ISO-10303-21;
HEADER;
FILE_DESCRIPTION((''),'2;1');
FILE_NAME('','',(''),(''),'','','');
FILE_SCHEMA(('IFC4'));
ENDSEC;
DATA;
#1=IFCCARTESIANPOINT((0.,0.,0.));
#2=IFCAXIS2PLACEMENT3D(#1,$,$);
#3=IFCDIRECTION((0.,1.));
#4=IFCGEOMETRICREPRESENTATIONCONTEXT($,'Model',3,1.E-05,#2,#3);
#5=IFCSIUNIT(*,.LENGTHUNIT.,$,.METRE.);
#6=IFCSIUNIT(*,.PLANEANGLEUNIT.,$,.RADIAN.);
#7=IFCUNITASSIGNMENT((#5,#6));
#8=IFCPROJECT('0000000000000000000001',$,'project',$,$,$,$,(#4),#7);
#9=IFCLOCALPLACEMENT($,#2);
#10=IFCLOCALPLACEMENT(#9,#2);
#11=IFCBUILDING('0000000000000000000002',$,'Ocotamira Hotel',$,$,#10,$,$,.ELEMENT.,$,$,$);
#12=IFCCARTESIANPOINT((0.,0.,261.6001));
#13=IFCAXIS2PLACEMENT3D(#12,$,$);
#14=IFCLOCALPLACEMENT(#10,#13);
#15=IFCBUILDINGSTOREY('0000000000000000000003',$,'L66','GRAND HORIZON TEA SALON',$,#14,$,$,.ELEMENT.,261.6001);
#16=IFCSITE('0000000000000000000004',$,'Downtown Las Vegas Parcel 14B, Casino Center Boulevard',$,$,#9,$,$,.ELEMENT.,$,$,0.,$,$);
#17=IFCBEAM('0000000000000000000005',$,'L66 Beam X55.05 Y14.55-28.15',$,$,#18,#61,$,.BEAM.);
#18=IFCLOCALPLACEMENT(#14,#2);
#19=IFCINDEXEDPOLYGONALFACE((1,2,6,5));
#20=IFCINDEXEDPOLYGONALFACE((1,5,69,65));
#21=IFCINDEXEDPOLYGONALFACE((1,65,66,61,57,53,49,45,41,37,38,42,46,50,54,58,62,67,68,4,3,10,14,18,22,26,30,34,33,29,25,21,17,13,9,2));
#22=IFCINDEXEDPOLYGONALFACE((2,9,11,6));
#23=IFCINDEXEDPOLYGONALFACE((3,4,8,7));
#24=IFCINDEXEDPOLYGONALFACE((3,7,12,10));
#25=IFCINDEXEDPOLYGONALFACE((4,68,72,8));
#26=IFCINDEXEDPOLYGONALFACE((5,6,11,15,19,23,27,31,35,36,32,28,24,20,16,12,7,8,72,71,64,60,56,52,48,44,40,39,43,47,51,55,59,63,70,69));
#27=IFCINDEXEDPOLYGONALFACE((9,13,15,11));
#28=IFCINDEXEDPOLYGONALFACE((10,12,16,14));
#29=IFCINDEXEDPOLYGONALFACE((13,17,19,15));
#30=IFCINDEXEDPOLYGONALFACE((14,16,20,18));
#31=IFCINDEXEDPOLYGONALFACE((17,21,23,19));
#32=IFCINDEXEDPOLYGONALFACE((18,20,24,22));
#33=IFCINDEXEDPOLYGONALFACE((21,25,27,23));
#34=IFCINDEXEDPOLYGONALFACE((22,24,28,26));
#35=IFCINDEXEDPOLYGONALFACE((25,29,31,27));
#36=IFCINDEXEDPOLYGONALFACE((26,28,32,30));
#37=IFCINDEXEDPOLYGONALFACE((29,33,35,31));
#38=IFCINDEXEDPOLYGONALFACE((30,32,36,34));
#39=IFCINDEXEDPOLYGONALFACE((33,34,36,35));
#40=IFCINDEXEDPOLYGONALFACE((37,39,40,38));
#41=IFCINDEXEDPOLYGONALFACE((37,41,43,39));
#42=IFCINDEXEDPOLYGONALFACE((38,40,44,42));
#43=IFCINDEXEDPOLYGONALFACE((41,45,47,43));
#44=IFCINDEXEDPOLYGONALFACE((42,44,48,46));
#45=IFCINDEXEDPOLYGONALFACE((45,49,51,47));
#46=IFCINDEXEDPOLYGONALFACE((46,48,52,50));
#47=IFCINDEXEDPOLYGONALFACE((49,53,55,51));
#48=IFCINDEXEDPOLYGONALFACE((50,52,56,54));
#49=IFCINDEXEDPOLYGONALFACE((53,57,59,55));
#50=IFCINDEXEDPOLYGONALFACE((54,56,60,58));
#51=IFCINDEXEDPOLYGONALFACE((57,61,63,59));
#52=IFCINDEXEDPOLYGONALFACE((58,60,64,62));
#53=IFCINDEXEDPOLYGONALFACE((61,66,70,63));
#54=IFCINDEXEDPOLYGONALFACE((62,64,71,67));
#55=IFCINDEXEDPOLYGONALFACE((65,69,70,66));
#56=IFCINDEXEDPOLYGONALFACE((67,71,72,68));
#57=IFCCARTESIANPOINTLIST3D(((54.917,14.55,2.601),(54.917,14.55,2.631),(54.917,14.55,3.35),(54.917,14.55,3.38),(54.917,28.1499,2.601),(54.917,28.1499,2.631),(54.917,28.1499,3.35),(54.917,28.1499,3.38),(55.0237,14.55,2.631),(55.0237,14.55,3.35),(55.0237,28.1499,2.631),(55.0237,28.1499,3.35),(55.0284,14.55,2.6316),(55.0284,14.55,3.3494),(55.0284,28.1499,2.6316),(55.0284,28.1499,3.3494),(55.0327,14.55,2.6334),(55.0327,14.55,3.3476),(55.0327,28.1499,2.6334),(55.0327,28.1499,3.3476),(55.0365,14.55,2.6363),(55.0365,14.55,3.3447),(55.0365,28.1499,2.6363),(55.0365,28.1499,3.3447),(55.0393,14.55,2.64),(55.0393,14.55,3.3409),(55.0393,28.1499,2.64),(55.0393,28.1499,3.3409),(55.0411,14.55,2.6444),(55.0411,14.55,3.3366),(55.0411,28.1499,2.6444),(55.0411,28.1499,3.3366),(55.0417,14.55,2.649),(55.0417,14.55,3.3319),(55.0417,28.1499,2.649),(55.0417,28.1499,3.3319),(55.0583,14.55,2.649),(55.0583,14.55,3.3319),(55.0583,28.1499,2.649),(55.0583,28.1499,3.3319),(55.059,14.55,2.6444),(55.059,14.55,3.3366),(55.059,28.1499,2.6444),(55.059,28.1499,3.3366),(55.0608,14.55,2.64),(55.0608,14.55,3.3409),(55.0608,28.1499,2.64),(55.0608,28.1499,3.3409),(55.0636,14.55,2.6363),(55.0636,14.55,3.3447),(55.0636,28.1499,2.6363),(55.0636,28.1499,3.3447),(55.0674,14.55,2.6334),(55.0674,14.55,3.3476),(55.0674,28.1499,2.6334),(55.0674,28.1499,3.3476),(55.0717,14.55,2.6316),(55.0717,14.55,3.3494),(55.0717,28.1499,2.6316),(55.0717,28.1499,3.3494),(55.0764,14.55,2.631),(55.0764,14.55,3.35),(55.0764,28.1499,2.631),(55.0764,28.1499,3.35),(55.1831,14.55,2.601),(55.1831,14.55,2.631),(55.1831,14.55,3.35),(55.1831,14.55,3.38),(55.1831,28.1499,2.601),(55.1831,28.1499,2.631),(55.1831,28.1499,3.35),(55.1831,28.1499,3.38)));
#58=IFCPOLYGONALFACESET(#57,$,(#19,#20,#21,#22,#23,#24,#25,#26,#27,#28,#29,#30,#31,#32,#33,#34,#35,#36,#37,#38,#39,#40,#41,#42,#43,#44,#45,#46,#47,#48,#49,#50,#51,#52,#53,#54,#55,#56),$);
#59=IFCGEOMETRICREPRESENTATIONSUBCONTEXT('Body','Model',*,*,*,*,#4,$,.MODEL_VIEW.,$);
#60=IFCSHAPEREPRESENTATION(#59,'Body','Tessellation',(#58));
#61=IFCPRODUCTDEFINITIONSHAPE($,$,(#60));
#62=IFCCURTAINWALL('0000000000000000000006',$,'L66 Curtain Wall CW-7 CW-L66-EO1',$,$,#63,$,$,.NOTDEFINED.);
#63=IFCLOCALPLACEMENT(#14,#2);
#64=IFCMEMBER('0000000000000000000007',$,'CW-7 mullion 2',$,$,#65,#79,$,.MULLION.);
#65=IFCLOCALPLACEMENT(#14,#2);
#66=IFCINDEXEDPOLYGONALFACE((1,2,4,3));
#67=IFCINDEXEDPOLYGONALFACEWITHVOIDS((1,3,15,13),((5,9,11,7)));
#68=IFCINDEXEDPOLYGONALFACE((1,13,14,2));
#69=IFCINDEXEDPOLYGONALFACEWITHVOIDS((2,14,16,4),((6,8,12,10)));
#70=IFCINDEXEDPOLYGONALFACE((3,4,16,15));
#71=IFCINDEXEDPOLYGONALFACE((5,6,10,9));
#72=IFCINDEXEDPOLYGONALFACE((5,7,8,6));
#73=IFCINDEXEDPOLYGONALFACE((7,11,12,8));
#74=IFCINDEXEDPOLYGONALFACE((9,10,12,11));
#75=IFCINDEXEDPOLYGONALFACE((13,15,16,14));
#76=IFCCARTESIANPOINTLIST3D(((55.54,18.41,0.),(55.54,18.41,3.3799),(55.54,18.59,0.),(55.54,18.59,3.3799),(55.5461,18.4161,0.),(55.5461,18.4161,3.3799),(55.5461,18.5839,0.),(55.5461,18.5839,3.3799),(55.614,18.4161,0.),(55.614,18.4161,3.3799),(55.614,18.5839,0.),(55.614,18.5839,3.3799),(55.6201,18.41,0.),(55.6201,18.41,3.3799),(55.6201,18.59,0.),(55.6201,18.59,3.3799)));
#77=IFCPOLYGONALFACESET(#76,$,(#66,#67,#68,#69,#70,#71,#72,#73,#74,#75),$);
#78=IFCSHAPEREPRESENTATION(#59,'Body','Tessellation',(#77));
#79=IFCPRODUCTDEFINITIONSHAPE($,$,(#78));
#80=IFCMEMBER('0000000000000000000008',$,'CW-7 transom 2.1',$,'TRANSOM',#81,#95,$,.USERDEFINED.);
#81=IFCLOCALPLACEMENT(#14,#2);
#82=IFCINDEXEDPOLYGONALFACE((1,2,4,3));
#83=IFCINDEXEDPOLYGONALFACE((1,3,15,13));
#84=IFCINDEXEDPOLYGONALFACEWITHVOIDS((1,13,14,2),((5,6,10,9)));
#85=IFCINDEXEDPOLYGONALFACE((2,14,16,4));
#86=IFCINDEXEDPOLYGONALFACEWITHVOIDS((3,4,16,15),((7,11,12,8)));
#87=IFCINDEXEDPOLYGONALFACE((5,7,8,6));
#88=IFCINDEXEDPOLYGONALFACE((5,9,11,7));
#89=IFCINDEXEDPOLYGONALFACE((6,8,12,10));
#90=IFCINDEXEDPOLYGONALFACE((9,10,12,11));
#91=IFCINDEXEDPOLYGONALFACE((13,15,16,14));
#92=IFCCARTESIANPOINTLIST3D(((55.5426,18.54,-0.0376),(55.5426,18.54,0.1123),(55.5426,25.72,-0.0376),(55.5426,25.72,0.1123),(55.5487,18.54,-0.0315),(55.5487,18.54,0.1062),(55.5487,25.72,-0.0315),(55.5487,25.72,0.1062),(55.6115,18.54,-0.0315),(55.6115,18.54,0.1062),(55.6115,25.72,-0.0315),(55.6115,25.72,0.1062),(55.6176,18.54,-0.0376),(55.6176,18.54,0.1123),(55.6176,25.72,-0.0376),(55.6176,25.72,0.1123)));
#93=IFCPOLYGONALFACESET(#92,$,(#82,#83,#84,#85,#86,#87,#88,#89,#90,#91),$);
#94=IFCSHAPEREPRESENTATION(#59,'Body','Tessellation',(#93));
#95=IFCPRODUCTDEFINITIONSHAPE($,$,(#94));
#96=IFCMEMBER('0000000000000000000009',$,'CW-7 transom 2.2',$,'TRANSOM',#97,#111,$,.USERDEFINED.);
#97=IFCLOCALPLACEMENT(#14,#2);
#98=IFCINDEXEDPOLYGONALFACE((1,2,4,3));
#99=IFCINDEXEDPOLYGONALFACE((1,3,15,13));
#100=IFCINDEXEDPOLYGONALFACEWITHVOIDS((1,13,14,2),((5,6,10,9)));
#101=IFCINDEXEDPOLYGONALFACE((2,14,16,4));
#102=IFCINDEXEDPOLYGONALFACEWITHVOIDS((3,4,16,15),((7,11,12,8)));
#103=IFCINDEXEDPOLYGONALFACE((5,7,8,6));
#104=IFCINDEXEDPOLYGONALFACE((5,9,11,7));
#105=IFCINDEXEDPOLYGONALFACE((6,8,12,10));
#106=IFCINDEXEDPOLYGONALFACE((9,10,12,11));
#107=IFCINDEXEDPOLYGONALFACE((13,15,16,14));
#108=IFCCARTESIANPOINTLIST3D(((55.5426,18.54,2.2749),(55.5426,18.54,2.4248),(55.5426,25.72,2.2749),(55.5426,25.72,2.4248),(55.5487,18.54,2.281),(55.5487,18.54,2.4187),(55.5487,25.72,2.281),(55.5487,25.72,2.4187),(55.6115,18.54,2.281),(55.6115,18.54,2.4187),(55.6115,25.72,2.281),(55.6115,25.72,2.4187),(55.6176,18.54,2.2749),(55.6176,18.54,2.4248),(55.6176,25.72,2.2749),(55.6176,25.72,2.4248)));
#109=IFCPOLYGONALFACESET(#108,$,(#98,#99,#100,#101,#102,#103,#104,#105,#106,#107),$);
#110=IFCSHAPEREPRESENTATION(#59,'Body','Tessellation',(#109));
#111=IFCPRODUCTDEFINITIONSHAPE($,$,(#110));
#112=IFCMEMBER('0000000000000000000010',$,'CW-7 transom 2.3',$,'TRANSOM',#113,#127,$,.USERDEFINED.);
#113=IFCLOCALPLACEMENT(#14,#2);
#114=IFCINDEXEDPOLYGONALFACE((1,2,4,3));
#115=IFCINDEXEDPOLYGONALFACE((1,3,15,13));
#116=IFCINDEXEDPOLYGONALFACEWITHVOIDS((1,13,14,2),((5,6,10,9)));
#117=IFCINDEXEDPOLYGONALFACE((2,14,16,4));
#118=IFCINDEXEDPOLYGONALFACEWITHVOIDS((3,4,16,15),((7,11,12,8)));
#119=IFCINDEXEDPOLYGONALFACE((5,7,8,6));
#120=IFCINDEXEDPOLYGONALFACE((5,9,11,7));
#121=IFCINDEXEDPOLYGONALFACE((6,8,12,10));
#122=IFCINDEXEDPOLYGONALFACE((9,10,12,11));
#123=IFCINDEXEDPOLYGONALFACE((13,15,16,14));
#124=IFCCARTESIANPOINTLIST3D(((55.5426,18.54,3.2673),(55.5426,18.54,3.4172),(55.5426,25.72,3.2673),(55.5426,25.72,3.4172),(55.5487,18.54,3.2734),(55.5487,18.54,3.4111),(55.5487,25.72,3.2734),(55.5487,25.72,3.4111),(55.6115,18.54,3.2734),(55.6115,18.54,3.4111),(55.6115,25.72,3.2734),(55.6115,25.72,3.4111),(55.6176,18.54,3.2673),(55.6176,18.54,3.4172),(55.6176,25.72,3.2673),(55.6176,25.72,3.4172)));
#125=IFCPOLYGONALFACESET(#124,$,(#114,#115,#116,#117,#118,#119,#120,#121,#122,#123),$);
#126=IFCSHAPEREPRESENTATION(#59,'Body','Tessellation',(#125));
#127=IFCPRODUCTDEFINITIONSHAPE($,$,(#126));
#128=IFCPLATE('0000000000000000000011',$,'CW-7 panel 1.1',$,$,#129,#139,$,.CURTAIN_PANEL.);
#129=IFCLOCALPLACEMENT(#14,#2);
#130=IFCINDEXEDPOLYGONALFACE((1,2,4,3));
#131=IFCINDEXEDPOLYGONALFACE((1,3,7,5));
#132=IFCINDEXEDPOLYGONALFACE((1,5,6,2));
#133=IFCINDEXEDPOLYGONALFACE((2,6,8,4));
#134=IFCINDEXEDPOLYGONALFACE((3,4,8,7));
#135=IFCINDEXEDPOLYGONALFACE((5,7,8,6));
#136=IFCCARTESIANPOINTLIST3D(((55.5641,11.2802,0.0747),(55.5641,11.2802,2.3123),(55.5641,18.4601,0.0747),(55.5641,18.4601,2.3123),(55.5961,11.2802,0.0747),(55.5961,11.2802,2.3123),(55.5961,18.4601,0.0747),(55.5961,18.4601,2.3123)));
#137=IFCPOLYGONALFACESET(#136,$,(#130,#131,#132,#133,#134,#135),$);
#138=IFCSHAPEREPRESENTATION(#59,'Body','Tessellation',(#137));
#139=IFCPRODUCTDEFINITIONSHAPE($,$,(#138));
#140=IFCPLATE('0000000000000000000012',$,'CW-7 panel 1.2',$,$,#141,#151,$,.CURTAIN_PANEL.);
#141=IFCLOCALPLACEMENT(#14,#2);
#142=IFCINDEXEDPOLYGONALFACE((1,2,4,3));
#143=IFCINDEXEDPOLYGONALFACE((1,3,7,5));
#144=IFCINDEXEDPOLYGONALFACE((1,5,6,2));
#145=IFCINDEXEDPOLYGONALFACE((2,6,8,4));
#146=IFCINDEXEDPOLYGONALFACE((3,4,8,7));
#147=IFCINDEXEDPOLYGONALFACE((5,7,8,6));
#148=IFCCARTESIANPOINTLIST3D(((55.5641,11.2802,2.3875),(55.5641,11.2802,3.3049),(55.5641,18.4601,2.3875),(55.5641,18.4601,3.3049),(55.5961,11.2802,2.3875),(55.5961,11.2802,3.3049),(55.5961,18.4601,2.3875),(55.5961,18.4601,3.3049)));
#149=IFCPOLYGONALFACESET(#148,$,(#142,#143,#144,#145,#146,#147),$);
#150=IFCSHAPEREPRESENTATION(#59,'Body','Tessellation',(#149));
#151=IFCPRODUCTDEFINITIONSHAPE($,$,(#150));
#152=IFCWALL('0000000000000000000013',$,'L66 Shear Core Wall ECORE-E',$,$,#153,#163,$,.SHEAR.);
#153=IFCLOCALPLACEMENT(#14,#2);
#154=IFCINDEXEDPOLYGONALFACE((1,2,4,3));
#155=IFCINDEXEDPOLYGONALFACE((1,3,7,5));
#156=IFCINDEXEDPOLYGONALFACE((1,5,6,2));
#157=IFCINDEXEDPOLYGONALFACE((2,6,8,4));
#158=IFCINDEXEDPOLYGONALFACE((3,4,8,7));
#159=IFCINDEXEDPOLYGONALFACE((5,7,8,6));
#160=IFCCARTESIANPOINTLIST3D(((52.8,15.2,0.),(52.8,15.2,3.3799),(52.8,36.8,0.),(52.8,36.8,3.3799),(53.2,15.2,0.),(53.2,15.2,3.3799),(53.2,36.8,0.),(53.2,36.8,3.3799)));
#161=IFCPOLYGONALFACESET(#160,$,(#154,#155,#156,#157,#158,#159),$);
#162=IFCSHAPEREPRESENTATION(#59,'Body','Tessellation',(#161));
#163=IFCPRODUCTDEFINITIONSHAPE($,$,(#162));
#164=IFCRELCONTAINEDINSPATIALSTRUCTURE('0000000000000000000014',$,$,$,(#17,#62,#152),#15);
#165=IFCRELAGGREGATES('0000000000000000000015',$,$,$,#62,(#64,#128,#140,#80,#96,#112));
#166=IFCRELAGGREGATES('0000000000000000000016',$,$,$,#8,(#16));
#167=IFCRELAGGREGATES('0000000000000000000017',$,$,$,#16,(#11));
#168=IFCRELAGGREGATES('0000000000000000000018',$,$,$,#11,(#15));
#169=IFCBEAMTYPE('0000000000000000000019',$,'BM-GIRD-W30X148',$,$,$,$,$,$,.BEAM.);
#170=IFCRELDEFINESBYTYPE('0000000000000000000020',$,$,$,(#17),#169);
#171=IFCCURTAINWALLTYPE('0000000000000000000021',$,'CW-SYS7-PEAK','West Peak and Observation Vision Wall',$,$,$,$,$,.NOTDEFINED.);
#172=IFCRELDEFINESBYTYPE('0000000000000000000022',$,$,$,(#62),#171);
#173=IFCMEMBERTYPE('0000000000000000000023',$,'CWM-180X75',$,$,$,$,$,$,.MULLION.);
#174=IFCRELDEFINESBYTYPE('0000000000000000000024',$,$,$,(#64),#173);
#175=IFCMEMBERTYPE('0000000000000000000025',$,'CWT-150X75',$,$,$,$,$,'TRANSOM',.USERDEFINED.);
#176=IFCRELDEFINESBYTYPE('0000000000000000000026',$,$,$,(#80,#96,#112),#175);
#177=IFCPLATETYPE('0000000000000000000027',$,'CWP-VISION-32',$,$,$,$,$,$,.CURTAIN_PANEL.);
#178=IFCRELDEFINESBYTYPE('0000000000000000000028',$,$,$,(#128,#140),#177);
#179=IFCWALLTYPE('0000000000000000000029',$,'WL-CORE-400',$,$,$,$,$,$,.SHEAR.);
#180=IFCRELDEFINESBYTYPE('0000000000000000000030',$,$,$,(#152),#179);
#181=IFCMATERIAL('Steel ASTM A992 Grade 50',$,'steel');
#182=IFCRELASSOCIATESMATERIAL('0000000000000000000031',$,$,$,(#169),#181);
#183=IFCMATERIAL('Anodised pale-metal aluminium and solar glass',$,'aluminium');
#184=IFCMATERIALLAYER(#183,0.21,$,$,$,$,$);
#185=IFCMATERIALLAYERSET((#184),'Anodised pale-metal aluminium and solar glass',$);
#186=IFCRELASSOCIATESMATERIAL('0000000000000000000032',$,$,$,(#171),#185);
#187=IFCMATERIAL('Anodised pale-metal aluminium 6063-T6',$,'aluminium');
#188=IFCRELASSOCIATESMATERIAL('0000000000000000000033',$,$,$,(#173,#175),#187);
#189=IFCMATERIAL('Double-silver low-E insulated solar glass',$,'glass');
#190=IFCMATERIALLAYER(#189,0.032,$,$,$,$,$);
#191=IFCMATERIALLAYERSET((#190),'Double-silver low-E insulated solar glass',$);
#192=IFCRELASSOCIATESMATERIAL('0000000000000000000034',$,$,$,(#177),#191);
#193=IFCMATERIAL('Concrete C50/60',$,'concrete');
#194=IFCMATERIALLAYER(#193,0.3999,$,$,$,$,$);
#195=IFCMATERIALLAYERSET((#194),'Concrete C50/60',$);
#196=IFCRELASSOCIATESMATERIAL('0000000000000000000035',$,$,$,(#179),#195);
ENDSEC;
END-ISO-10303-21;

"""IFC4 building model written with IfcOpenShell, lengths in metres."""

from ifc_helpers import new_model, si_unit, direction, frame, frame_2d, origin, origin_2d, place, context, subcontext, project, spatial, rectangle, hollow_rectangle, i_section, extrude, source, transform, mapped, material, layer, layer_set, material_profile, profile_set, type_object, element, aggregate, save


model = new_model("IFC4")

# Units and contexts
model_context = context("Model", 3, precision=1e-05, world=origin(), true_north=direction((0.0, 1.0)))
body_context = subcontext(model_context, "Body", "Model", "MODEL_VIEW")
ifc_project = project(units=[si_unit("LENGTHUNIT", "METRE"), si_unit("PLANEANGLEUNIT", "RADIAN")], contexts=[model_context])

# Site, building, storey
site_placement = place(None, origin())
site = spatial("IfcSite", under=ifc_project, at=site_placement, Name="Downtown Las Vegas Parcel 14B, Casino Center Boulevard", CompositionType="ELEMENT", RefElevation=0.0)
building_placement = place(site_placement, origin())
building = spatial("IfcBuilding", under=site, at=building_placement, Name="Ocotamira Hotel", CompositionType="ELEMENT")
storey_placement = place(building_placement, frame((0.0, 0.0, 261.6001)))
storey = spatial("IfcBuildingStorey", under=building, at=storey_placement, Name="L66", Description="GRAND HORIZON TEA SALON", CompositionType="ELEMENT", Elevation=261.6001)

# Beam
ifc_material_1 = material(Name="Steel ASTM A992 Grade 50", Category="steel")
ifc_material_profile_1 = material_profile(ifc_material_1, i_section(OverallWidth=0.2661, OverallDepth=0.7791, WebThickness=0.0166, FlangeThickness=0.03, FilletRadius=0.0181, at=origin_2d()), Name="W30X148")
ifc_profile_set_1 = profile_set([ifc_material_profile_1], Name="Steel ASTM A992 Grade 50")
beam_type = type_object("IfcBeamType", Name="BM-GIRD-W30X148", PredefinedType="BEAM", material=ifc_profile_set_1)
shared_shape_1 = source(origin(), body_context, "Body", "SweptSolid", [
    extrude(i_section(OverallWidth=0.2661, OverallDepth=0.7791, WebThickness=0.0166, FlangeThickness=0.03, FilletRadius=0.0181, at=origin_2d()), origin(), (0.0, 0.0, 1.0), 13.5999),
])
beam_placement = place(storey_placement, frame((55.05, 14.55, 2.9905), z_axis=(0.0, 1.0, 0.0), x_axis=(-1.0, 0.0, 0.0)))
element("IfcBeam", 1, at=beam_placement, inside=storey, type_object=beam_type, Name="L66 Beam X55.05 Y14.55-28.15", PredefinedType="BEAM", context=body_context, shape_type="MappedRepresentation", body=[
    mapped(shared_shape_1, transform((0.0, 0.0, 0.0), scale=1.0)),
])

# Curtain wall, members, plates
ifc_material_2 = material(Name="Anodised pale-metal aluminium and solar glass", Category="aluminium")
ifc_layer_1 = layer(ifc_material_2, 0.21)
ifc_layer_set_1 = layer_set([ifc_layer_1], Name="Anodised pale-metal aluminium and solar glass")
curtain_wall_type = type_object("IfcCurtainWallType", Name="CW-SYS7-PEAK", Description="West Peak and Observation Vision Wall", PredefinedType="NOTDEFINED", material=ifc_layer_set_1)
curtain_wall_placement = place(storey_placement, origin())
curtain_wall = element("IfcCurtainWall", 2, at=curtain_wall_placement, inside=storey, type_object=curtain_wall_type, Name="L66 Curtain Wall CW-7 CW-L66-EO1", PredefinedType="NOTDEFINED")
ifc_material_3 = material(Name="Anodised pale-metal aluminium 6063-T6", Category="aluminium")
ifc_material_profile_2 = material_profile(ifc_material_3, hollow_rectangle(XDim=0.0801, YDim=0.1799, WallThickness=0.0061, at=origin_2d()), Name="HSS180X80X6")
ifc_profile_set_2 = profile_set([ifc_material_profile_2], Name="Anodised pale-metal aluminium 6063-T6")
member_type_1 = type_object("IfcMemberType", Name="CWM-180X75", PredefinedType="MULLION", material=ifc_profile_set_2)
shared_shape_2 = source(origin(), body_context, "Body", "SweptSolid", [
    extrude(hollow_rectangle(XDim=0.0801, YDim=0.1799, WallThickness=0.0061, at=origin_2d()), origin(), (0.0, 0.0, 1.0), 3.3799),
])
member_1_placement = place(storey_placement, frame((55.5801, 18.5, 0.0), z_axis=(0.0, 0.0, 1.0), x_axis=(-1.0, 0.0, 0.0)))
member_1 = element("IfcMember", 3, at=member_1_placement, type_object=member_type_1, Name="CW-7 mullion 2", PredefinedType="MULLION", context=body_context, shape_type="MappedRepresentation", body=[
    mapped(shared_shape_2, transform((0.0, 0.0, 0.0), scale=1.0)),
])
ifc_material_profile_3 = material_profile(ifc_material_3, hollow_rectangle(XDim=0.075, YDim=0.1499, WallThickness=0.0061, at=origin_2d()), Name="HSS150X75X6")
ifc_profile_set_3 = profile_set([ifc_material_profile_3], Name="Anodised pale-metal aluminium 6063-T6")
member_type_2 = type_object("IfcMemberType", Name="CWT-150X75", ElementType="TRANSOM", PredefinedType="USERDEFINED", material=ifc_profile_set_3)
shared_shape_3 = source(origin(), body_context, "Body", "SweptSolid", [
    extrude(hollow_rectangle(XDim=0.075, YDim=0.1499, WallThickness=0.0061, at=origin_2d()), origin(), (0.0, 0.0, 1.0), 7.1799),
])
member_2_placement = place(storey_placement, frame((55.5801, 18.54, 0.0374), z_axis=(0.0, 1.0, 0.0), x_axis=(-1.0, 0.0, 0.0)))
member_2 = element("IfcMember", 4, at=member_2_placement, type_object=member_type_2, Name="CW-7 transom 2.1", ObjectType="TRANSOM", PredefinedType="USERDEFINED", context=body_context, shape_type="MappedRepresentation", body=[
    mapped(shared_shape_3, transform((0.0, 0.0, 0.0), scale=1.0)),
])
member_3_placement = place(storey_placement, frame((55.5801, 18.54, 2.3499), z_axis=(0.0, 1.0, 0.0), x_axis=(-1.0, 0.0, 0.0)))
member_3 = element("IfcMember", 5, at=member_3_placement, type_object=member_type_2, Name="CW-7 transom 2.2", ObjectType="TRANSOM", PredefinedType="USERDEFINED", context=body_context, shape_type="MappedRepresentation", body=[
    mapped(shared_shape_3, transform((0.0, 0.0, 0.0), scale=1.0)),
])
member_4_placement = place(storey_placement, frame((55.5801, 18.54, 3.3423), z_axis=(0.0, 1.0, 0.0), x_axis=(-1.0, 0.0, 0.0)))
member_4 = element("IfcMember", 6, at=member_4_placement, type_object=member_type_2, Name="CW-7 transom 2.3", ObjectType="TRANSOM", PredefinedType="USERDEFINED", context=body_context, shape_type="MappedRepresentation", body=[
    mapped(shared_shape_3, transform((0.0, 0.0, 0.0), scale=1.0)),
])
ifc_material_4 = material(Name="Double-silver low-E insulated solar glass", Category="glass")
ifc_layer_2 = layer(ifc_material_4, 0.032)
ifc_layer_set_2 = layer_set([ifc_layer_2], Name="Double-silver low-E insulated solar glass")
plate_type = type_object("IfcPlateType", Name="CWP-VISION-32", PredefinedType="CURTAIN_PANEL", material=ifc_layer_set_2)
shared_shape_4 = source(origin(), body_context, "Body", "SweptSolid", [
    extrude(rectangle(XDim=7.1799, YDim=0.032, at=origin_2d()), origin(), (0.0, 0.0, 1.0), 2.2375),
])
plate_1_placement = place(storey_placement, frame((55.5801, 14.8701, 0.0747), z_axis=(0.0, 0.0, 1.0), x_axis=(0.0, 1.0, 0.0)))
plate_1 = element("IfcPlate", 7, at=plate_1_placement, type_object=plate_type, Name="CW-7 panel 1.1", PredefinedType="CURTAIN_PANEL", context=body_context, shape_type="MappedRepresentation", body=[
    mapped(shared_shape_4, transform((0.0, 0.0, 0.0), scale=1.0)),
])
shared_shape_5 = source(origin(), body_context, "Body", "SweptSolid", [
    extrude(rectangle(XDim=7.1799, YDim=0.032, at=origin_2d()), origin(), (0.0, 0.0, 1.0), 0.9175),
])
plate_2_placement = place(storey_placement, frame((55.5801, 14.8701, 2.3875), z_axis=(0.0, 0.0, 1.0), x_axis=(0.0, 1.0, 0.0)))
plate_2 = element("IfcPlate", 8, at=plate_2_placement, type_object=plate_type, Name="CW-7 panel 1.2", PredefinedType="CURTAIN_PANEL", context=body_context, shape_type="MappedRepresentation", body=[
    mapped(shared_shape_5, transform((0.0, 0.0, 0.0), scale=1.0)),
])
aggregate(curtain_wall, [member_1, plate_1, plate_2, member_2, member_3, member_4])

# Wall
ifc_material_5 = material(Name="Concrete C50/60", Category="concrete")
ifc_layer_3 = layer(ifc_material_5, 0.3999)
ifc_layer_set_3 = layer_set([ifc_layer_3], Name="Concrete C50/60")
wall_type_1 = type_object("IfcWallType", Name="WL-CORE-400", PredefinedType="SHEAR", material=ifc_layer_set_3)
wall_1_placement = place(storey_placement, frame((53.0, 15.2, 0.0), z_axis=(0.0, 0.0, 1.0), x_axis=(0.0, 1.0, 0.0)))
element("IfcWall", 9, at=wall_1_placement, inside=storey, type_object=wall_type_1, Name="L66 Shear Core Wall ECORE-E", PredefinedType="SHEAR", context=body_context, shape_type="SweptSolid", body=[
    extrude(rectangle(XDim=21.6001, YDim=0.3999, at=frame_2d((10.8, 0.0))), origin(), (0.0, 0.0, 1.0), 3.3799),
])

save(model, "model.ifc")
